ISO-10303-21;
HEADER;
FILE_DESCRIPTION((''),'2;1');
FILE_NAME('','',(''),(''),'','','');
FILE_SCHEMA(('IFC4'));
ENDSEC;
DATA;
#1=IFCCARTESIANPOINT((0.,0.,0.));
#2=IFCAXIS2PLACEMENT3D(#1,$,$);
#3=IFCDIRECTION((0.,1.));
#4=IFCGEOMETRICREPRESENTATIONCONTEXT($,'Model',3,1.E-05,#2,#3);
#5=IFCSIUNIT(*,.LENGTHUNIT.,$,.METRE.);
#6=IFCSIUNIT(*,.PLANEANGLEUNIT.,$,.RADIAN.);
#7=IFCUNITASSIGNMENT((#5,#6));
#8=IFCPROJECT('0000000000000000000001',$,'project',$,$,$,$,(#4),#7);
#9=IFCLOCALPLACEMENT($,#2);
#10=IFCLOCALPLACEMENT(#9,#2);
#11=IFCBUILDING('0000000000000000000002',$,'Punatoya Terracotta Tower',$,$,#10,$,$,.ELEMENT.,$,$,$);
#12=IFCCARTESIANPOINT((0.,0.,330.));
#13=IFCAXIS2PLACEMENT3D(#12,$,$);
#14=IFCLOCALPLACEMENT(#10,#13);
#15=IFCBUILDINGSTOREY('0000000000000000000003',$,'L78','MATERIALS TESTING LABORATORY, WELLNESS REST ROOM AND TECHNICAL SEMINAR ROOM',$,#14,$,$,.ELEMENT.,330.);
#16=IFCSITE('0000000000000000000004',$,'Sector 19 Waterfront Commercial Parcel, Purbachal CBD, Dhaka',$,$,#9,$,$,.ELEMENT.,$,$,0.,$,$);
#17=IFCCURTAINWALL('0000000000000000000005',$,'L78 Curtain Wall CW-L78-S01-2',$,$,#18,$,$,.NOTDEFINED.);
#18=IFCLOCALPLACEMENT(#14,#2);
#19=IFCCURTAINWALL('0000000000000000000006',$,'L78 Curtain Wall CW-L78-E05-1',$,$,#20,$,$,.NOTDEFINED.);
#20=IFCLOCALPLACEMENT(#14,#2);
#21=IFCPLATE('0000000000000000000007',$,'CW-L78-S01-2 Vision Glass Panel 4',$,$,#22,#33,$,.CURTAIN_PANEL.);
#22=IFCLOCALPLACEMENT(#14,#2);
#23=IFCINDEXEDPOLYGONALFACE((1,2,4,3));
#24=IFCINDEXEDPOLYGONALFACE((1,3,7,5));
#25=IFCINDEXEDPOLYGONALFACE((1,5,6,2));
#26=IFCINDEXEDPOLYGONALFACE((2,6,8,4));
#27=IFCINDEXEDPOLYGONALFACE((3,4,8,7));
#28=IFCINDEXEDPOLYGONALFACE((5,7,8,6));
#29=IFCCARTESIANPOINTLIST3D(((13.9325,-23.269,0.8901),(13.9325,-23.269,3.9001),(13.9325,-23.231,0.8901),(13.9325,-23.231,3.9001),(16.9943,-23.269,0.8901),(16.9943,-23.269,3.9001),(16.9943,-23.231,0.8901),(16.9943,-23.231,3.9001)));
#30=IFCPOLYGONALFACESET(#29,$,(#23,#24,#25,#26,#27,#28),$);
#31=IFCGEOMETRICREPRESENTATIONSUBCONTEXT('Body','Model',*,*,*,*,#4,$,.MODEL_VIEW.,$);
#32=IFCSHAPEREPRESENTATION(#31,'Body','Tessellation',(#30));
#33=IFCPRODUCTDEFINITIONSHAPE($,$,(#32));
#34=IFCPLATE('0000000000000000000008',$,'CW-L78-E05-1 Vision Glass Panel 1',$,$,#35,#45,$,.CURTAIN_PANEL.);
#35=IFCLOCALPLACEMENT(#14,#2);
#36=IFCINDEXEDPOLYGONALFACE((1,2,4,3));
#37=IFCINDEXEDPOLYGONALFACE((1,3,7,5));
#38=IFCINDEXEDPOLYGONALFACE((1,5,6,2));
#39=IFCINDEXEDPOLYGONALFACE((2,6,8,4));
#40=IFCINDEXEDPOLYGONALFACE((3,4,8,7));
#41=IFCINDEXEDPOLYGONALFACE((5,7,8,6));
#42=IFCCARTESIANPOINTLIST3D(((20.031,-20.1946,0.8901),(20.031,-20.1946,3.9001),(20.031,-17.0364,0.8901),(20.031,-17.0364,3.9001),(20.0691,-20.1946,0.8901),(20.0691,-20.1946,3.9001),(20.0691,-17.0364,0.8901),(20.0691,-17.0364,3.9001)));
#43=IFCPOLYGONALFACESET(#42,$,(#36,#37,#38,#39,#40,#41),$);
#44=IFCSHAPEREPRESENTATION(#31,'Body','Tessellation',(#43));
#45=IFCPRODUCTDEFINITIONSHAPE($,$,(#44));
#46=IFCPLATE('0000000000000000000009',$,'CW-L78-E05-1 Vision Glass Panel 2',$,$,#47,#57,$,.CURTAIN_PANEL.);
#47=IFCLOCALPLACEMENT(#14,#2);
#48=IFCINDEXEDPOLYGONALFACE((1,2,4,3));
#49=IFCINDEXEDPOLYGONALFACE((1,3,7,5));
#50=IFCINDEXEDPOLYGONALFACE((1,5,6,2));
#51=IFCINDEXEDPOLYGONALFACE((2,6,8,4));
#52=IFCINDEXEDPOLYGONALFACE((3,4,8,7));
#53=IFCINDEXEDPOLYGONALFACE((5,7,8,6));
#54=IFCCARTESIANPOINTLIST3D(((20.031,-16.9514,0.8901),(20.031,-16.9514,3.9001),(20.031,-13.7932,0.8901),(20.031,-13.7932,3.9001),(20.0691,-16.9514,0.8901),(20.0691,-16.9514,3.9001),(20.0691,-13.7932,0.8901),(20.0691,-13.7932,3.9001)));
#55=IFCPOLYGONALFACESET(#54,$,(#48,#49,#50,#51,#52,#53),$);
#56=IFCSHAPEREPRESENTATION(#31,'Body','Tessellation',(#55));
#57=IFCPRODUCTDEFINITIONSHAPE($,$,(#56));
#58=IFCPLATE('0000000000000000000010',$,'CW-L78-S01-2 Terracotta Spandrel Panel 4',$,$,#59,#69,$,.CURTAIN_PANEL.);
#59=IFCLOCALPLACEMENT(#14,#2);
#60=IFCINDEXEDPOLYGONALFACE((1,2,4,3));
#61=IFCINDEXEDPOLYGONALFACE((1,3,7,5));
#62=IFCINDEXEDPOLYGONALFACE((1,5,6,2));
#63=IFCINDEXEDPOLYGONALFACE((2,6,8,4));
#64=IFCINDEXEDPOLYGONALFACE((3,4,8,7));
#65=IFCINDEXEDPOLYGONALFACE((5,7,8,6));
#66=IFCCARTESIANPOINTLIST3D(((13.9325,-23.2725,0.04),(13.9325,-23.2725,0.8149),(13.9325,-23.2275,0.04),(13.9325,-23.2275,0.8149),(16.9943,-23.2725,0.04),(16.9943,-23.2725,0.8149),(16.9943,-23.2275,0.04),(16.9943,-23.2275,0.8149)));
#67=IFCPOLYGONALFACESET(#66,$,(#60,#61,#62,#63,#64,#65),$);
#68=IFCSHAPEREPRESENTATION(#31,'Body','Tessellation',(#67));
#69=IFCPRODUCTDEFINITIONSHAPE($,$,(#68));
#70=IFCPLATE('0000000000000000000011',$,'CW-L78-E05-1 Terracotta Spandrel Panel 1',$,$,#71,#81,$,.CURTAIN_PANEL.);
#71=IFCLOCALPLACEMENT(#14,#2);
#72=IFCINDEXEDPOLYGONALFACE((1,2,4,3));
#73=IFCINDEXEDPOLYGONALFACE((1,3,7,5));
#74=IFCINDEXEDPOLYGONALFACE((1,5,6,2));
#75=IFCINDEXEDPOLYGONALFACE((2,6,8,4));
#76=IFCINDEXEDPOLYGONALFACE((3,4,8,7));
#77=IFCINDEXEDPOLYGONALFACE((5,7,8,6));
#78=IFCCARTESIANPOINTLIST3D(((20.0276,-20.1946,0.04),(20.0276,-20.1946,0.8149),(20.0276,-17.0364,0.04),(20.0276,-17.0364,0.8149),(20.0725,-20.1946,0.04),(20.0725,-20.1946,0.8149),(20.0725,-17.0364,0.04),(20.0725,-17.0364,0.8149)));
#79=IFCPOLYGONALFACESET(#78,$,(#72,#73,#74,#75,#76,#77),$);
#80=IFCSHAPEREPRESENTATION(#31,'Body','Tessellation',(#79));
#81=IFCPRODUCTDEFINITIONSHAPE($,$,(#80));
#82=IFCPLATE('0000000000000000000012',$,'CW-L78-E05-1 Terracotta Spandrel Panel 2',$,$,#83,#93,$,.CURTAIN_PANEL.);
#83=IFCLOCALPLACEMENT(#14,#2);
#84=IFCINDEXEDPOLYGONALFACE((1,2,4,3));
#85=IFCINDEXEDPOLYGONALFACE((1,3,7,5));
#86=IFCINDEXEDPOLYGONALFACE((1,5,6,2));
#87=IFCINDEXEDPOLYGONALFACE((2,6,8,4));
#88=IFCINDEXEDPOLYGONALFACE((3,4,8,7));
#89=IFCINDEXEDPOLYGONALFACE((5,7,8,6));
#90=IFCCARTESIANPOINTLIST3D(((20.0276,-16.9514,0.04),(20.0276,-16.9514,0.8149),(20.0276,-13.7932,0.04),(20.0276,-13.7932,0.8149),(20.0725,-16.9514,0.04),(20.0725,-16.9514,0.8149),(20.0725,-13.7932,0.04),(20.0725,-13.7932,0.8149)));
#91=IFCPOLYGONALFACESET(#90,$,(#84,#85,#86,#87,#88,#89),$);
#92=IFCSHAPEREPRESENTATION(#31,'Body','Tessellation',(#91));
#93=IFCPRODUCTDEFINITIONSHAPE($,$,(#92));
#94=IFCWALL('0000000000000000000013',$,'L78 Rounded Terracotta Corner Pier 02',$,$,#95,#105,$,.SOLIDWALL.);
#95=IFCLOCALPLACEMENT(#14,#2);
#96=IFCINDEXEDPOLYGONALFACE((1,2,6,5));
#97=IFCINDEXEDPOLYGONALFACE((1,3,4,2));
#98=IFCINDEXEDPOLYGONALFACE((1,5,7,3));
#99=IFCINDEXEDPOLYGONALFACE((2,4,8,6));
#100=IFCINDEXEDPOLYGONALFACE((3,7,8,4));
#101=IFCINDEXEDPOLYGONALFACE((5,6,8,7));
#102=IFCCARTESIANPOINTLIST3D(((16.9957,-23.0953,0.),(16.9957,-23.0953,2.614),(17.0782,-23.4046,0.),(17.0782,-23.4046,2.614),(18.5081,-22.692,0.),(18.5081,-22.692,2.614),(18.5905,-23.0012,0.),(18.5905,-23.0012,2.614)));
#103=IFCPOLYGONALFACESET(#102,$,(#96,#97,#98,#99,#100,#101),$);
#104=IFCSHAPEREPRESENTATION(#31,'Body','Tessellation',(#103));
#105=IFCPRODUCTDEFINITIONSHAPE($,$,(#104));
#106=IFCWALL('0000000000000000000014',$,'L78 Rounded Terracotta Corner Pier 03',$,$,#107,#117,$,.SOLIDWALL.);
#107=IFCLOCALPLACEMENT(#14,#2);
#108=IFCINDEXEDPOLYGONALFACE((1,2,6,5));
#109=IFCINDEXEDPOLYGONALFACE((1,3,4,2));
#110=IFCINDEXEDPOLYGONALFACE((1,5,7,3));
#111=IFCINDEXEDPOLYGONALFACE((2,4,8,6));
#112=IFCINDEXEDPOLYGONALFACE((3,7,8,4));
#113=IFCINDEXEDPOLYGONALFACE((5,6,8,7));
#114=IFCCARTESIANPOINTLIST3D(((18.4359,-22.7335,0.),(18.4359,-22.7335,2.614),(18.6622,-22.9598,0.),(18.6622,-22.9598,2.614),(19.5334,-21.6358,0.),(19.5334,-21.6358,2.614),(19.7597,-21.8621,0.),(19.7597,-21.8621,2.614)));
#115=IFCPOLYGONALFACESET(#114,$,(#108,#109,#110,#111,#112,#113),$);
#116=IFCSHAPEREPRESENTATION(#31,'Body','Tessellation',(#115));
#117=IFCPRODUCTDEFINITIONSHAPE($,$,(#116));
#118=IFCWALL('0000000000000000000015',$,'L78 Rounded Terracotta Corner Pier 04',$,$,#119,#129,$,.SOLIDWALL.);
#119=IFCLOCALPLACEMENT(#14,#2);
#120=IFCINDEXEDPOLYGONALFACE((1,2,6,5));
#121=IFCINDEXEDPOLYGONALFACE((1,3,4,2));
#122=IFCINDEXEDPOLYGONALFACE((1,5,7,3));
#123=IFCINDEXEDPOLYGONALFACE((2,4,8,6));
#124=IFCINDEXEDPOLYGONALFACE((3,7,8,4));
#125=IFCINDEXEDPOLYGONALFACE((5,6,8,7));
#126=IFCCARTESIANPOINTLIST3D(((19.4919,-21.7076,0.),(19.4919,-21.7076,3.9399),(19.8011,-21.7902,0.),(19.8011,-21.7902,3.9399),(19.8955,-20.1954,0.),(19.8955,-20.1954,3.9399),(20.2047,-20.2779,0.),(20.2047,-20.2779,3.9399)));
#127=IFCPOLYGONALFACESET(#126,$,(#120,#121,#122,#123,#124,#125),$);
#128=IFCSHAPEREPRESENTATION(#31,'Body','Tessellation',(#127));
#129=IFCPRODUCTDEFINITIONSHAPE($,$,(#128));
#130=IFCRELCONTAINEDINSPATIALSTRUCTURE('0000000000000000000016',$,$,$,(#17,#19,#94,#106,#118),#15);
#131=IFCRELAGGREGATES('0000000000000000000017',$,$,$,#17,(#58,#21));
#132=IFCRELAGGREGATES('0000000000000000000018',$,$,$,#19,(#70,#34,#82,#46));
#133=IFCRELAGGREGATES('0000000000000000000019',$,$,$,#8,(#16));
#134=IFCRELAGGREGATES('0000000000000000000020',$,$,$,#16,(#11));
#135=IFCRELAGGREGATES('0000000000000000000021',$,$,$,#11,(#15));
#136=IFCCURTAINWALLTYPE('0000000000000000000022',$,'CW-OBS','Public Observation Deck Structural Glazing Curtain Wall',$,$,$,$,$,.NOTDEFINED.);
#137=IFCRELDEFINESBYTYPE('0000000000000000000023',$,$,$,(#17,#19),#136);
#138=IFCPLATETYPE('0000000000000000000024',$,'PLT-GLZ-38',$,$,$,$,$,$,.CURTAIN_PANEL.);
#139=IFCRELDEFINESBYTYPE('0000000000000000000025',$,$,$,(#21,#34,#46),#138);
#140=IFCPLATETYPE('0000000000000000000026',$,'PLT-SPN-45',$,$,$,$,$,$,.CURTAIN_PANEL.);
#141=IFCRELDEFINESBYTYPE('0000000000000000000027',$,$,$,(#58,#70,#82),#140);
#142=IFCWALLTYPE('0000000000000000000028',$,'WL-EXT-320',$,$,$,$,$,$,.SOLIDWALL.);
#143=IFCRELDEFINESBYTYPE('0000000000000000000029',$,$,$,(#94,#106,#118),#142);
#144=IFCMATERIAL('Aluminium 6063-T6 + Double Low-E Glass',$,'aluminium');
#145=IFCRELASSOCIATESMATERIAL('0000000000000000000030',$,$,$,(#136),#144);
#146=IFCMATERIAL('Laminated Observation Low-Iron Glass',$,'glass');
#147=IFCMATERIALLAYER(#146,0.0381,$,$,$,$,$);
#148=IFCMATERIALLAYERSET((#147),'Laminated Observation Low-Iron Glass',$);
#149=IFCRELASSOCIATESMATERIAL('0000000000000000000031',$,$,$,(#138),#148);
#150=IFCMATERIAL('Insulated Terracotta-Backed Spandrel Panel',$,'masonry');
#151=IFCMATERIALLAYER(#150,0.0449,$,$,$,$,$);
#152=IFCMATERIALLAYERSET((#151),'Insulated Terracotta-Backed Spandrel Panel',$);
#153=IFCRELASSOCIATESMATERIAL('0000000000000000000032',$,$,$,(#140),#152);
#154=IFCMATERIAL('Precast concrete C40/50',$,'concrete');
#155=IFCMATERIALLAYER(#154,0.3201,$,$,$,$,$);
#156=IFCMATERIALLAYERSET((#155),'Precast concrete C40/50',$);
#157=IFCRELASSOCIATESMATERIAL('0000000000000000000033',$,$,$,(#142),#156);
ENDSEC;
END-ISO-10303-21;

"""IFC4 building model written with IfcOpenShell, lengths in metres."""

from ifc_helpers import new_model, si_unit, direction, frame, frame_2d, origin, origin_2d, place, context, subcontext, project, spatial, rectangle, extrude, material, layer, layer_set, type_object, element, aggregate, save


model = new_model("IFC4")

# Units and contexts
model_context = context("Model", 3, precision=1e-05, world=origin(), true_north=direction((0.0, 1.0)))
body_context = subcontext(model_context, "Body", "Model", "MODEL_VIEW")
ifc_project = project(units=[si_unit("LENGTHUNIT", "METRE"), si_unit("PLANEANGLEUNIT", "RADIAN")], contexts=[model_context])

# Site, building, storey
site_placement = place(None, origin())
site = spatial("IfcSite", under=ifc_project, at=site_placement, Name="Sector 19 Waterfront Commercial Parcel, Purbachal CBD, Dhaka", CompositionType="ELEMENT", RefElevation=0.0)
building_placement = place(site_placement, origin())
building = spatial("IfcBuilding", under=site, at=building_placement, Name="Punatoya Terracotta Tower", CompositionType="ELEMENT")
storey_placement = place(building_placement, frame((0.0, 0.0, 330.0)))
storey = spatial("IfcBuildingStorey", under=building, at=storey_placement, Name="L78", Description="MATERIALS TESTING LABORATORY, WELLNESS REST ROOM AND TECHNICAL SEMINAR ROOM", CompositionType="ELEMENT", Elevation=330.0)

# Curtain walls
ifc_material_1 = material(Name="Aluminium 6063-T6 + Double Low-E Glass", Category="aluminium")
curtain_wall_type = type_object("IfcCurtainWallType", Name="CW-OBS", Description="Public Observation Deck Structural Glazing Curtain Wall", PredefinedType="NOTDEFINED", material=ifc_material_1)
curtain_wall_1_placement = place(storey_placement, origin())
curtain_wall_1 = element("IfcCurtainWall", 1, at=curtain_wall_1_placement, inside=storey, type_object=curtain_wall_type, Name="L78 Curtain Wall CW-L78-S01-2", PredefinedType="NOTDEFINED")
curtain_wall_2_placement = place(storey_placement, origin())
curtain_wall_2 = element("IfcCurtainWall", 2, at=curtain_wall_2_placement, inside=storey, type_object=curtain_wall_type, Name="L78 Curtain Wall CW-L78-E05-1", PredefinedType="NOTDEFINED")

# Plates
ifc_material_2 = material(Name="Laminated Observation Low-Iron Glass", Category="glass")
ifc_layer_1 = layer(ifc_material_2, 0.0381)
ifc_layer_set_1 = layer_set([ifc_layer_1], Name="Laminated Observation Low-Iron Glass")
plate_type_1 = type_object("IfcPlateType", Name="PLT-GLZ-38", PredefinedType="CURTAIN_PANEL", material=ifc_layer_set_1)
plate_1_placement = place(storey_placement, frame((15.4634, -23.25, 0.8901), z_axis=(0.0, 0.0, 1.0), x_axis=(1.0, 0.0, 0.0)))
plate_1 = element("IfcPlate", 3, at=plate_1_placement, type_object=plate_type_1, Name="CW-L78-S01-2 Vision Glass Panel 4", PredefinedType="CURTAIN_PANEL", context=body_context, shape_type="SweptSolid", body=[
    extrude(rectangle(XDim=3.0618, YDim=0.0381, at=origin_2d()), origin(), (0.0, 0.0, 1.0), 3.01),
])
plate_2_placement = place(storey_placement, frame((20.05, -18.6155, 0.8901), z_axis=(0.0, 0.0, 1.0), x_axis=(0.0, 1.0, 0.0)))
plate_2 = element("IfcPlate", 4, at=plate_2_placement, type_object=plate_type_1, Name="CW-L78-E05-1 Vision Glass Panel 1", PredefinedType="CURTAIN_PANEL", context=body_context, shape_type="SweptSolid", body=[
    extrude(rectangle(XDim=3.1582, YDim=0.0381, at=origin_2d()), origin(), (0.0, 0.0, 1.0), 3.01),
])
plate_3_placement = place(storey_placement, frame((20.05, -15.3723, 0.8901), z_axis=(0.0, 0.0, 1.0), x_axis=(0.0, 1.0, 0.0)))
plate_3 = element("IfcPlate", 5, at=plate_3_placement, type_object=plate_type_1, Name="CW-L78-E05-1 Vision Glass Panel 2", PredefinedType="CURTAIN_PANEL", context=body_context, shape_type="SweptSolid", body=[
    extrude(rectangle(XDim=3.1582, YDim=0.0381, at=origin_2d()), origin(), (0.0, 0.0, 1.0), 3.01),
])
ifc_material_3 = material(Name="Insulated Terracotta-Backed Spandrel Panel", Category="masonry")
ifc_layer_2 = layer(ifc_material_3, 0.0449)
ifc_layer_set_2 = layer_set([ifc_layer_2], Name="Insulated Terracotta-Backed Spandrel Panel")
plate_type_2 = type_object("IfcPlateType", Name="PLT-SPN-45", PredefinedType="CURTAIN_PANEL", material=ifc_layer_set_2)
plate_4_placement = place(storey_placement, frame((15.4634, -23.25, 0.04), z_axis=(0.0, 0.0, 1.0), x_axis=(1.0, 0.0, 0.0)))
plate_4 = element("IfcPlate", 6, at=plate_4_placement, type_object=plate_type_2, Name="CW-L78-S01-2 Terracotta Spandrel Panel 4", PredefinedType="CURTAIN_PANEL", context=body_context, shape_type="SweptSolid", body=[
    extrude(rectangle(XDim=3.0618, YDim=0.0449, at=origin_2d()), origin(), (0.0, 0.0, 1.0), 0.7749),
])
aggregate(curtain_wall_1, [plate_4, plate_1])
plate_5_placement = place(storey_placement, frame((20.05, -18.6155, 0.04), z_axis=(0.0, 0.0, 1.0), x_axis=(0.0, 1.0, 0.0)))
plate_5 = element("IfcPlate", 7, at=plate_5_placement, type_object=plate_type_2, Name="CW-L78-E05-1 Terracotta Spandrel Panel 1", PredefinedType="CURTAIN_PANEL", context=body_context, shape_type="SweptSolid", body=[
    extrude(rectangle(XDim=3.1582, YDim=0.0449, at=origin_2d()), origin(), (0.0, 0.0, 1.0), 0.7749),
])
plate_6_placement = place(storey_placement, frame((20.05, -15.3723, 0.04), z_axis=(0.0, 0.0, 1.0), x_axis=(0.0, 1.0, 0.0)))
plate_6 = element("IfcPlate", 8, at=plate_6_placement, type_object=plate_type_2, Name="CW-L78-E05-1 Terracotta Spandrel Panel 2", PredefinedType="CURTAIN_PANEL", context=body_context, shape_type="SweptSolid", body=[
    extrude(rectangle(XDim=3.1582, YDim=0.0449, at=origin_2d()), origin(), (0.0, 0.0, 1.0), 0.7749),
])
aggregate(curtain_wall_2, [plate_5, plate_2, plate_6, plate_3])

# Walls
ifc_material_4 = material(Name="Precast concrete C40/50", Category="concrete")
ifc_layer_3 = layer(ifc_material_4, 0.3201)
ifc_layer_set_3 = layer_set([ifc_layer_3], Name="Precast concrete C40/50")
wall_type = type_object("IfcWallType", Name="WL-EXT-320", PredefinedType="SOLIDWALL", material=ifc_layer_set_3)
wall_1_placement = place(storey_placement, frame((17.0369, -23.25, 0.0), z_axis=(0.0, 0.0, 1.0), x_axis=(0.966225, 0.257701, 0.0)))
element("IfcWall", 9, at=wall_1_placement, inside=storey, type_object=wall_type, Name="L78 Rounded Terracotta Corner Pier 02", PredefinedType="SOLIDWALL", context=body_context, shape_type="SweptSolid", body=[
    extrude(rectangle(XDim=1.5652, YDim=0.3201, at=frame_2d((0.7827, 0.0))), origin(), (0.0, 0.0, 1.0), 2.614),
])
wall_2_placement = place(storey_placement, frame((18.5491, -22.8467, 0.0), z_axis=(0.0, 0.0, 1.0), x_axis=(0.707028, 0.707185, 0.0)))
element("IfcWall", 10, at=wall_2_placement, inside=storey, type_object=wall_type, Name="L78 Rounded Terracotta Corner Pier 03", PredefinedType="SOLIDWALL", context=body_context, shape_type="SweptSolid", body=[
    extrude(rectangle(XDim=1.5522, YDim=0.3201, at=frame_2d((0.7761, 0.0))), origin(), (0.0, 0.0, 1.0), 2.614),
])
wall_3_placement = place(storey_placement, frame((19.6465, -21.749, 0.0), z_axis=(0.0, 0.0, 1.0), x_axis=(0.257847, 0.966186, 0.0)))
element("IfcWall", 11, at=wall_3_placement, inside=storey, type_object=wall_type, Name="L78 Rounded Terracotta Corner Pier 04", PredefinedType="SOLIDWALL", context=body_context, shape_type="SweptSolid", body=[
    extrude(rectangle(XDim=1.5652, YDim=0.3201, at=frame_2d((0.7827, 0.0))), origin(), (0.0, 0.0, 1.0), 3.9399),
])

save(model, "model.ifc")
